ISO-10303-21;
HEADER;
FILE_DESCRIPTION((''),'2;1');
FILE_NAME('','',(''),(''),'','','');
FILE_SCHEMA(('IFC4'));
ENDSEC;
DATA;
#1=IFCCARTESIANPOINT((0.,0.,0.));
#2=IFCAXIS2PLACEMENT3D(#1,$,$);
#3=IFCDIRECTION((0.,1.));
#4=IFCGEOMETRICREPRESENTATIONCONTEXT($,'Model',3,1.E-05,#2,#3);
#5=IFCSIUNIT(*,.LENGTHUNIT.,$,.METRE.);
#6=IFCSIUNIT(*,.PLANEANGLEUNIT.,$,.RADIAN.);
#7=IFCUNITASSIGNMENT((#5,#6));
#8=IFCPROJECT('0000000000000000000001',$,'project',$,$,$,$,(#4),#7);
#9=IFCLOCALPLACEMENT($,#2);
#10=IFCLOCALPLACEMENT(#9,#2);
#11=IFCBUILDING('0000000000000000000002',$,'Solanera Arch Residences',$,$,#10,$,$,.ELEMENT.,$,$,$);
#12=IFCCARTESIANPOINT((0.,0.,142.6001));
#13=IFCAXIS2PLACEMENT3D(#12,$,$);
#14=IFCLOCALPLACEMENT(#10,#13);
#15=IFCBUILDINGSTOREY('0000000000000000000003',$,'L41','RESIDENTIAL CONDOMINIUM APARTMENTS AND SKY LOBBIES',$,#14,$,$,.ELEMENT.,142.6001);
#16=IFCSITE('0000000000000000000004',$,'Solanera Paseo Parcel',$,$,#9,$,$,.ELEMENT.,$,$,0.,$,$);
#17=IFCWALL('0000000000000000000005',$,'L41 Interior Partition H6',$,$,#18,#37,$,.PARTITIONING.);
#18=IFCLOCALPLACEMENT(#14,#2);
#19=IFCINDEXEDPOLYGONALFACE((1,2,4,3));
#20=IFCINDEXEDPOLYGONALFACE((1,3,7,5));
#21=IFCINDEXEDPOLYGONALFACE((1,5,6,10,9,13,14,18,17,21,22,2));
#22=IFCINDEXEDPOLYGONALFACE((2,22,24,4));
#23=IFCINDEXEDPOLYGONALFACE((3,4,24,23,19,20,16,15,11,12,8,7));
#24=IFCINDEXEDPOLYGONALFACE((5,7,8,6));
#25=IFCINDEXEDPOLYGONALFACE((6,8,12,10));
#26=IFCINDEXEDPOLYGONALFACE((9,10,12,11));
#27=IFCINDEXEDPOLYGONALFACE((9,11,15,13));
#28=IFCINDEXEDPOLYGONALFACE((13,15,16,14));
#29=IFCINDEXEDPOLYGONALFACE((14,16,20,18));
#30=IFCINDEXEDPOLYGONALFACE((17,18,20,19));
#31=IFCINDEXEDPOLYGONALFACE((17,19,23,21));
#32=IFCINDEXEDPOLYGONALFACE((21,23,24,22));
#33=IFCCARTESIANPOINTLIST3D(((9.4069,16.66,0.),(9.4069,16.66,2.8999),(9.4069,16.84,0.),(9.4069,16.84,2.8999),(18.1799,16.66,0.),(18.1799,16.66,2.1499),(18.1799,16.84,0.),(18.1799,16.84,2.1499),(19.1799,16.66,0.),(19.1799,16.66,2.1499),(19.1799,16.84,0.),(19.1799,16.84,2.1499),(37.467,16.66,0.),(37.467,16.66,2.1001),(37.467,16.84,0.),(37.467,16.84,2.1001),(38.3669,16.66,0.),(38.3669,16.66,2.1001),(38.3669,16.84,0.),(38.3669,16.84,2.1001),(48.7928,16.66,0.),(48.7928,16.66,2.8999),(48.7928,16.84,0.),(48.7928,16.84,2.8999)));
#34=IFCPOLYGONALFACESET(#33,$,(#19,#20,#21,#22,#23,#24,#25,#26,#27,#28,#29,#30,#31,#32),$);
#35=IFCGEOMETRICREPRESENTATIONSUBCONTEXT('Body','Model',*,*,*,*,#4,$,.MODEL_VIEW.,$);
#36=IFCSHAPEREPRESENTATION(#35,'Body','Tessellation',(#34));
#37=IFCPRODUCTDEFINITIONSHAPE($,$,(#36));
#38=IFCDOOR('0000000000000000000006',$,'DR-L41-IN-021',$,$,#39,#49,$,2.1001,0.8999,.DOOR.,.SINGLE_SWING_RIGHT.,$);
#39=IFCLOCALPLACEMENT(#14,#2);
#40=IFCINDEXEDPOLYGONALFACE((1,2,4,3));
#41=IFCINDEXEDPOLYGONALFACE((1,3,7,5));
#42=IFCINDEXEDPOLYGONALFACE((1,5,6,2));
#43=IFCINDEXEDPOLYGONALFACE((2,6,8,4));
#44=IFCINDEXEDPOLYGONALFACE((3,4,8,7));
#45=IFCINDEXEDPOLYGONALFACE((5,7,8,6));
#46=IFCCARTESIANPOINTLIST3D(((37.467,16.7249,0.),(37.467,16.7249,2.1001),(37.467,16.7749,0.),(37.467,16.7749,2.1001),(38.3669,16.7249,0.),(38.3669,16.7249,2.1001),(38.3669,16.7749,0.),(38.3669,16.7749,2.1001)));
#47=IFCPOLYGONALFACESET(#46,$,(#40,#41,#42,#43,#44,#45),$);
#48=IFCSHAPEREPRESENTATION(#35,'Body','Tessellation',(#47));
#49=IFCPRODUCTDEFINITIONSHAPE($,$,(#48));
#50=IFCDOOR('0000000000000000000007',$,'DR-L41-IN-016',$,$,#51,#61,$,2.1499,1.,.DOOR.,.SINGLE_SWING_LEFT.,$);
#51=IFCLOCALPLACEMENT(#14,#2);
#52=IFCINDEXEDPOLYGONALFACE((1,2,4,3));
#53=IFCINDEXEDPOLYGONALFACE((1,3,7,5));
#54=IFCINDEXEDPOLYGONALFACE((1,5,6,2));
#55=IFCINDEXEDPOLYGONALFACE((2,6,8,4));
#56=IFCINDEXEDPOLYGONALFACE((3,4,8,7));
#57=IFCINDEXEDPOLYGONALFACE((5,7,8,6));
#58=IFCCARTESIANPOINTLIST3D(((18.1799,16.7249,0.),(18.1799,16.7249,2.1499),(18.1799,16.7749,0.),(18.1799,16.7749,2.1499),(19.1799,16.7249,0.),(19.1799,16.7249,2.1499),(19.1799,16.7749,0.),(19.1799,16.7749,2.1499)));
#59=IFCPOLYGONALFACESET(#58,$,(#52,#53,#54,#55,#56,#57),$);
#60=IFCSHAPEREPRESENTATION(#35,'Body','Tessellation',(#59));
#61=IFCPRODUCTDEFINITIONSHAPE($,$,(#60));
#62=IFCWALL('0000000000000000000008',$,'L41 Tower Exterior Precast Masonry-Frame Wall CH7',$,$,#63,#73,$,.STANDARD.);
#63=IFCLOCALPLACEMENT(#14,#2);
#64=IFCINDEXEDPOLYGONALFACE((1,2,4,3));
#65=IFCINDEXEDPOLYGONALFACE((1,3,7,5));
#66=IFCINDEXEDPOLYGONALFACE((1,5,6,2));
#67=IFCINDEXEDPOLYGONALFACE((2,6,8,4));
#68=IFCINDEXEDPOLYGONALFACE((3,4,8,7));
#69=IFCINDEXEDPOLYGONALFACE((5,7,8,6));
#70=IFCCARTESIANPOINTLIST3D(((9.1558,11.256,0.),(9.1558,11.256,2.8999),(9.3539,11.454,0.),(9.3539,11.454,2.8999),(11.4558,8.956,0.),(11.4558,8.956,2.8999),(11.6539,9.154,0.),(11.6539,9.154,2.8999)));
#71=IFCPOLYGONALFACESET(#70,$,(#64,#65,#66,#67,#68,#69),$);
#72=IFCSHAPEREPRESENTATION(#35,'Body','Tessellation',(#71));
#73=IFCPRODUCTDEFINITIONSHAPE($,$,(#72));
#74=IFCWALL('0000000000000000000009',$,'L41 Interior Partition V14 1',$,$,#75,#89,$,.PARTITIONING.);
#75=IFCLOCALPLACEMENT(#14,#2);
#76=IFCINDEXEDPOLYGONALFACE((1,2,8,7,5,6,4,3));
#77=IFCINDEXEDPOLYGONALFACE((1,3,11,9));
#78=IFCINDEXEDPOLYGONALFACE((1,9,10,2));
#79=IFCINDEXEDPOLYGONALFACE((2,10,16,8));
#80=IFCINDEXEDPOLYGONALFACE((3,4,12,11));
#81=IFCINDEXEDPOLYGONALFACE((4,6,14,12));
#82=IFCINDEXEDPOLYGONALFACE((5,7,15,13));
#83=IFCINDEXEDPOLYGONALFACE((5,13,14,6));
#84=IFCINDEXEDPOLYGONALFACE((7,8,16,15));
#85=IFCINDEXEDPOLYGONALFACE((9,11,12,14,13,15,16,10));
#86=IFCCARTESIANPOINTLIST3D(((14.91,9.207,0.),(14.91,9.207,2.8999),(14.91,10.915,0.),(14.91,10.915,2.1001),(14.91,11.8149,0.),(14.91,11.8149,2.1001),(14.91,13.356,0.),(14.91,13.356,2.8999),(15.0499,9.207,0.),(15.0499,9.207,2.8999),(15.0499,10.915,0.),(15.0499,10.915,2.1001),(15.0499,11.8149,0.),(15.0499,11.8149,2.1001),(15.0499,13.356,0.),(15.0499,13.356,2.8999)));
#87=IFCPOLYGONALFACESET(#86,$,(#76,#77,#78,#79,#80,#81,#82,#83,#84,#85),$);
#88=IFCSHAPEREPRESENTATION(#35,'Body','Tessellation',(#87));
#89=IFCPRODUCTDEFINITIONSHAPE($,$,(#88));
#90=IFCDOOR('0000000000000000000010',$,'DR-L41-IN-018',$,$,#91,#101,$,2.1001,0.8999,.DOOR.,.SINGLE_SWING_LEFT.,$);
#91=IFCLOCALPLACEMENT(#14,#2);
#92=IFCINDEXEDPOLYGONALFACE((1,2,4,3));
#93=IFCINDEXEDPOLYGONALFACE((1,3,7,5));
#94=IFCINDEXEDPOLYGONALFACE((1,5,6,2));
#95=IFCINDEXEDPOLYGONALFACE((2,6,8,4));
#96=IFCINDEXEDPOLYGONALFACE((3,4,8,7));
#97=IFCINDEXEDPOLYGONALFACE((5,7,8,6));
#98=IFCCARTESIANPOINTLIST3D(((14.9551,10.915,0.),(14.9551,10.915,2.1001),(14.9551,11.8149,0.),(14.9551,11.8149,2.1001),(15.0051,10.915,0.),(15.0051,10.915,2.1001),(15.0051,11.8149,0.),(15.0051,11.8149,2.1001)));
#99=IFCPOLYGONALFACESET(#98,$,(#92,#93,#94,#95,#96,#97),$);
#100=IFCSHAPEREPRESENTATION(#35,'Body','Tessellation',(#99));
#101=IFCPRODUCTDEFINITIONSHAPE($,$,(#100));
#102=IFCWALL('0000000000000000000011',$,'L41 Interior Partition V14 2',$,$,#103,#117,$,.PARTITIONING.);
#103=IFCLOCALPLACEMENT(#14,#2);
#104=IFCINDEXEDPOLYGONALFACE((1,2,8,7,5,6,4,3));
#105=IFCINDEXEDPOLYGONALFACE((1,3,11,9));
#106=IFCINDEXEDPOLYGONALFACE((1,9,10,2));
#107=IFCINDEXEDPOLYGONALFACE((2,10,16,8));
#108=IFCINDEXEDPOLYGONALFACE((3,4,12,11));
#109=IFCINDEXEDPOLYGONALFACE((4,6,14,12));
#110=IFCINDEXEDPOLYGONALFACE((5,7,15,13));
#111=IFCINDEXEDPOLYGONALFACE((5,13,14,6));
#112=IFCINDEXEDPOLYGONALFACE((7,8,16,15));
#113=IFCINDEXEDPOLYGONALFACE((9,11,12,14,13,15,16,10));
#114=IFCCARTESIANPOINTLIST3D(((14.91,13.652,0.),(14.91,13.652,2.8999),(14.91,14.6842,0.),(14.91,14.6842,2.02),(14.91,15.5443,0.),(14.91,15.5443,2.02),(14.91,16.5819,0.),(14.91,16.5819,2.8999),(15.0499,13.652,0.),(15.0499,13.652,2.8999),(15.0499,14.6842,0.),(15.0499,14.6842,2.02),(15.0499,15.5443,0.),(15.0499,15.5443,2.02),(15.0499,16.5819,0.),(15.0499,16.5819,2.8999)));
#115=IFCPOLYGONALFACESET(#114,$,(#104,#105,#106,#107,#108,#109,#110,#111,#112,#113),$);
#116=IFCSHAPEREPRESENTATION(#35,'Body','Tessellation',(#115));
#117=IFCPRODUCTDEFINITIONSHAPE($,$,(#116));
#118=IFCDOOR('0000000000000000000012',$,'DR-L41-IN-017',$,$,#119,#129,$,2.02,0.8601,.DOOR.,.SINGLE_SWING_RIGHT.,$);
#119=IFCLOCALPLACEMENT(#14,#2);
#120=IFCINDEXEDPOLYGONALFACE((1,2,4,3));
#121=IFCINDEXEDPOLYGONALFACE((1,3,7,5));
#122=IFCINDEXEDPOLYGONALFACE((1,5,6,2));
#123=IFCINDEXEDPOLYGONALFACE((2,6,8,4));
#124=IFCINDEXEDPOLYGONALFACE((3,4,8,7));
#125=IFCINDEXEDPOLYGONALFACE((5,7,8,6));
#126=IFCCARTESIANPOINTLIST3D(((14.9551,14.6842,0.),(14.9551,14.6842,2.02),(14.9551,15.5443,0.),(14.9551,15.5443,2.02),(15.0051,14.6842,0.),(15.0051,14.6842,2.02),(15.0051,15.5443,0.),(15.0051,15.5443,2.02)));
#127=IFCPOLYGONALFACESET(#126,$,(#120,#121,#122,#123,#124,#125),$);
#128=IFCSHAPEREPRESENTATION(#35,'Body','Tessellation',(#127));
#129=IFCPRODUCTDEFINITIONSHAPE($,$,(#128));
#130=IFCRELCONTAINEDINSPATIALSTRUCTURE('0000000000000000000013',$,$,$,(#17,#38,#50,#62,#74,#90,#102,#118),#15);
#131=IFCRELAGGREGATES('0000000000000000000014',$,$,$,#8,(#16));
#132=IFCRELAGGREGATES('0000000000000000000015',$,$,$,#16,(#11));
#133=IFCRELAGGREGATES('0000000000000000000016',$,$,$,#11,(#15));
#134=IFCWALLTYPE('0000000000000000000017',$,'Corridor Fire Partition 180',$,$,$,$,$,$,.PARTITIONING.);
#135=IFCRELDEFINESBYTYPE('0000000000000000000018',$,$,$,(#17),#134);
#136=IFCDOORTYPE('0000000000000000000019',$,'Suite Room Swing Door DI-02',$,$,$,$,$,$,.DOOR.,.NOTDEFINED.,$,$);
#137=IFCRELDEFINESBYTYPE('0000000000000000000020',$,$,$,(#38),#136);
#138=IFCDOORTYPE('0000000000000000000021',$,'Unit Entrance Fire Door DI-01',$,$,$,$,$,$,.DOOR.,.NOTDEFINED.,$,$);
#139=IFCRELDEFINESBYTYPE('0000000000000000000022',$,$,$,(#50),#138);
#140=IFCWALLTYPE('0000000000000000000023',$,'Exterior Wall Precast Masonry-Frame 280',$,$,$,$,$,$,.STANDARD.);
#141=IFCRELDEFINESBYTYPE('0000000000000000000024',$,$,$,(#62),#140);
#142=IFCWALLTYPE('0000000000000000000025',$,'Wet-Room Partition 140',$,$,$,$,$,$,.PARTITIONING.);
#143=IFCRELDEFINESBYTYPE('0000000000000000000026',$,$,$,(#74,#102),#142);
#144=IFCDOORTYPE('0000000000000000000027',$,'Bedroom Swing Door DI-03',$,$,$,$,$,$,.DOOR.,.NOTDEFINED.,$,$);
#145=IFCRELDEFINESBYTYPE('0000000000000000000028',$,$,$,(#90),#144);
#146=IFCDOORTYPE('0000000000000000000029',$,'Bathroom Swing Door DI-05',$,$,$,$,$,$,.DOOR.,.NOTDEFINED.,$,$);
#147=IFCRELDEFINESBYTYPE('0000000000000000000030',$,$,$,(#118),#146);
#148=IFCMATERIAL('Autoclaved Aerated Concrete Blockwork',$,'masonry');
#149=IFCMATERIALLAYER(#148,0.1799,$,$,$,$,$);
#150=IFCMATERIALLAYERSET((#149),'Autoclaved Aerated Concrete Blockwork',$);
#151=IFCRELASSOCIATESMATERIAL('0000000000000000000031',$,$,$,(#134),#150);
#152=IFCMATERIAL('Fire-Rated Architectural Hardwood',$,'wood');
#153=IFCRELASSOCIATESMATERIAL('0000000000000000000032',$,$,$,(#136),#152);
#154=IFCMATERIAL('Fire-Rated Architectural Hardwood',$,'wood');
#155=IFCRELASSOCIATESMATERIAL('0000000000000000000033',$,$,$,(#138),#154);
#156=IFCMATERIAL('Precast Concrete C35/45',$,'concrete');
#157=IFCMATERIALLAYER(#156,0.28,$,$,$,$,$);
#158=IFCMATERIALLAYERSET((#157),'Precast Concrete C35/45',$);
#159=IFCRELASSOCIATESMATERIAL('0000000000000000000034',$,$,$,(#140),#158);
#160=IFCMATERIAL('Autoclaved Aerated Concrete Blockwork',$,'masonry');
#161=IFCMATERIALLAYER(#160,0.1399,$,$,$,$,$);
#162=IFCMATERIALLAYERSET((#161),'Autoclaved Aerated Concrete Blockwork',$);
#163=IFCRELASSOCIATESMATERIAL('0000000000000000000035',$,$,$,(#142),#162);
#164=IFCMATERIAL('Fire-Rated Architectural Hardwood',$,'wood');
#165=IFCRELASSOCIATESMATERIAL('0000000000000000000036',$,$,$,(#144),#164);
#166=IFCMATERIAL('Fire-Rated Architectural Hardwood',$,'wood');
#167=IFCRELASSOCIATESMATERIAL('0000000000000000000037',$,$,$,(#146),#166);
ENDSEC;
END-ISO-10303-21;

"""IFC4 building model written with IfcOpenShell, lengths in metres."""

from ifc_helpers import new_model, si_unit, direction, frame, frame_2d, origin, place, context, subcontext, project, spatial, rectangle, extrude, material, layer, layer_set, type_object, element, fill, save


model = new_model("IFC4")

# Units and contexts
model_context = context("Model", 3, precision=1e-05, world=origin(), true_north=direction((0.0, 1.0)))
body_context = subcontext(model_context, "Body", "Model", "MODEL_VIEW")
ifc_project = project(units=[si_unit("LENGTHUNIT", "METRE"), si_unit("PLANEANGLEUNIT", "RADIAN")], contexts=[model_context])

# Site, building, storey
site_placement = place(None, origin())
site = spatial("IfcSite", under=ifc_project, at=site_placement, Name="Solanera Paseo Parcel", CompositionType="ELEMENT", RefElevation=0.0)
building_placement = place(site_placement, origin())
building = spatial("IfcBuilding", under=site, at=building_placement, Name="Solanera Arch Residences", CompositionType="ELEMENT")
storey_placement = place(building_placement, frame((0.0, 0.0, 142.6001)))
storey = spatial("IfcBuildingStorey", under=building, at=storey_placement, Name="L41", Description="RESIDENTIAL CONDOMINIUM APARTMENTS AND SKY LOBBIES", CompositionType="ELEMENT", Elevation=142.6001)

# Wall, openings, doors
ifc_material_1 = material(Name="Autoclaved Aerated Concrete Blockwork", Category="masonry")
ifc_layer_1 = layer(ifc_material_1, 0.1799)
ifc_layer_set_1 = layer_set([ifc_layer_1], Name="Autoclaved Aerated Concrete Blockwork")
wall_type_1 = type_object("IfcWallType", Name="Corridor Fire Partition 180", PredefinedType="PARTITIONING", material=ifc_layer_set_1)
wall_1_placement = place(storey_placement, frame((9.407, 16.75, 0.0), z_axis=(0.0, 0.0, 1.0), x_axis=(1.0, 0.0, 0.0)))
wall_1 = element("IfcWall", 1, at=wall_1_placement, inside=storey, type_object=wall_type_1, Name="L41 Interior Partition H6", PredefinedType="PARTITIONING", context=body_context, shape_type="SweptSolid", body=[
    extrude(rectangle(XDim=39.386, YDim=0.1799, at=frame_2d((19.6929, 0.0))), origin(), (0.0, 0.0, 1.0), 2.8999),
])
opening_1_placement = place(wall_1_placement, frame((8.7729, 0.0, 0.0)))
opening_1 = element("IfcOpeningElement", 2, at=opening_1_placement, cuts=wall_1, PredefinedType="OPENING", context=body_context, shape_type="SweptSolid", body=[
    extrude(rectangle(XDim=1.0, YDim=2.1499, at=frame_2d((0.5, 1.075))), frame((0.0, 0.1001, 0.0), z_axis=(0.0, -1.0, 0.0), x_axis=(1.0, 0.0, 0.0)), (0.0, 0.0, 1.0), 0.1999),
])
opening_2_placement = place(wall_1_placement, frame((28.0601, 0.0, 0.0)))
opening_2 = element("IfcOpeningElement", 3, at=opening_2_placement, cuts=wall_1, PredefinedType="OPENING", context=body_context, shape_type="SweptSolid", body=[
    extrude(rectangle(XDim=0.8999, YDim=2.1001, at=frame_2d((0.45, 1.05))), frame((0.0, 0.1001, 0.0), z_axis=(0.0, -1.0, 0.0), x_axis=(1.0, 0.0, 0.0)), (0.0, 0.0, 1.0), 0.1999),
])
ifc_material_2 = material(Name="Fire-Rated Architectural Hardwood", Category="wood")
door_type_1 = type_object("IfcDoorType", Name="Suite Room Swing Door DI-02", OperationType="NOTDEFINED", PredefinedType="DOOR", material=ifc_material_2)
door_1_placement = place(opening_2_placement, origin())
door_1 = element("IfcDoor", 4, at=door_1_placement, inside=storey, type_object=door_type_1, Name="DR-L41-IN-021", OperationType="SINGLE_SWING_RIGHT", OverallHeight=2.1001, OverallWidth=0.8999, PredefinedType="DOOR", context=body_context, shape_type="SweptSolid", body=[
    extrude(rectangle(XDim=0.8999, YDim=2.1001, at=frame_2d((0.45, 1.05))), frame((0.0, 0.0249, 0.0), z_axis=(0.0, -1.0, 0.0), x_axis=(1.0, 0.0, 0.0)), (0.0, 0.0, 1.0), 0.05),
])
fill(opening_2, door_1)
ifc_material_3 = material(Name="Fire-Rated Architectural Hardwood", Category="wood")
door_type_2 = type_object("IfcDoorType", Name="Unit Entrance Fire Door DI-01", OperationType="NOTDEFINED", PredefinedType="DOOR", material=ifc_material_3)
door_2_placement = place(opening_1_placement, origin())
door_2 = element("IfcDoor", 5, at=door_2_placement, inside=storey, type_object=door_type_2, Name="DR-L41-IN-016", OperationType="SINGLE_SWING_LEFT", OverallHeight=2.1499, OverallWidth=1.0, PredefinedType="DOOR", context=body_context, shape_type="SweptSolid", body=[
    extrude(rectangle(XDim=1.0, YDim=2.1499, at=frame_2d((0.5, 1.075))), frame((0.0, 0.0249, 0.0), z_axis=(0.0, -1.0, 0.0), x_axis=(1.0, 0.0, 0.0)), (0.0, 0.0, 1.0), 0.05),
])
fill(opening_1, door_2)

# Wall
ifc_material_4 = material(Name="Precast Concrete C35/45", Category="concrete")
ifc_layer_2 = layer(ifc_material_4, 0.28)
ifc_layer_set_2 = layer_set([ifc_layer_2], Name="Precast Concrete C35/45")
wall_type_2 = type_object("IfcWallType", Name="Exterior Wall Precast Masonry-Frame 280", PredefinedType="STANDARD", material=ifc_layer_set_2)
wall_2_placement = place(storey_placement, frame((11.5549, 9.0549, 0.0), z_axis=(0.0, 0.0, 1.0), x_axis=(-0.707107, 0.707107, 0.0)))
element("IfcWall", 6, at=wall_2_placement, inside=storey, type_object=wall_type_2, Name="L41 Tower Exterior Precast Masonry-Frame Wall CH7", PredefinedType="STANDARD", context=body_context, shape_type="SweptSolid", body=[
    extrude(rectangle(XDim=3.2527, YDim=0.28, at=frame_2d((1.6265, 0.0))), origin(), (0.0, 0.0, 1.0), 2.8999),
])

# Walls, openings, doors
ifc_material_5 = material(Name="Autoclaved Aerated Concrete Blockwork", Category="masonry")
ifc_layer_3 = layer(ifc_material_5, 0.1399)
ifc_layer_set_3 = layer_set([ifc_layer_3], Name="Autoclaved Aerated Concrete Blockwork")
wall_type_3 = type_object("IfcWallType", Name="Wet-Room Partition 140", PredefinedType="PARTITIONING", material=ifc_layer_set_3)
wall_3_placement = place(storey_placement, frame((14.98, 9.207, 0.0), z_axis=(0.0, 0.0, 1.0), x_axis=(0.0, 1.0, 0.0)))
wall_3 = element("IfcWall", 7, at=wall_3_placement, inside=storey, type_object=wall_type_3, Name="L41 Interior Partition V14 1", PredefinedType="PARTITIONING", context=body_context, shape_type="SweptSolid", body=[
    extrude(rectangle(XDim=4.1489, YDim=0.1399, at=frame_2d((2.0745, 0.0))), origin(), (0.0, 0.0, 1.0), 2.8999),
])
opening_3_placement = place(wall_3_placement, frame((1.708, 0.0, 0.0)))
opening_3 = element("IfcOpeningElement", 8, at=opening_3_placement, cuts=wall_3, PredefinedType="OPENING", context=body_context, shape_type="SweptSolid", body=[
    extrude(rectangle(XDim=0.8999, YDim=2.1001, at=frame_2d((0.45, 1.05))), frame((0.0, 0.0798, 0.0), z_axis=(0.0, -1.0, 0.0), x_axis=(1.0, 0.0, 0.0)), (0.0, 0.0, 1.0), 0.1599),
])
ifc_material_6 = material(Name="Fire-Rated Architectural Hardwood", Category="wood")
door_type_3 = type_object("IfcDoorType", Name="Bedroom Swing Door DI-03", OperationType="NOTDEFINED", PredefinedType="DOOR", material=ifc_material_6)
door_3_placement = place(opening_3_placement, origin())
door_3 = element("IfcDoor", 9, at=door_3_placement, inside=storey, type_object=door_type_3, Name="DR-L41-IN-018", OperationType="SINGLE_SWING_LEFT", OverallHeight=2.1001, OverallWidth=0.8999, PredefinedType="DOOR", context=body_context, shape_type="SweptSolid", body=[
    extrude(rectangle(XDim=0.8999, YDim=2.1001, at=frame_2d((0.45, 1.05))), frame((0.0, 0.0249, 0.0), z_axis=(0.0, -1.0, 0.0), x_axis=(1.0, 0.0, 0.0)), (0.0, 0.0, 1.0), 0.05),
])
fill(opening_3, door_3)
wall_4_placement = place(storey_placement, frame((14.98, 13.6521, 0.0), z_axis=(0.0, 0.0, 1.0), x_axis=(0.0, 1.0, 0.0)))
wall_4 = element("IfcWall", 10, at=wall_4_placement, inside=storey, type_object=wall_type_3, Name="L41 Interior Partition V14 2", PredefinedType="PARTITIONING", context=body_context, shape_type="SweptSolid", body=[
    extrude(rectangle(XDim=2.9299, YDim=0.1399, at=frame_2d((1.4648, 0.0))), origin(), (0.0, 0.0, 1.0), 2.8999),
])
opening_4_placement = place(wall_4_placement, frame((1.032, 0.0, 0.0)))
opening_4 = element("IfcOpeningElement", 11, at=opening_4_placement, cuts=wall_4, PredefinedType="OPENING", context=body_context, shape_type="SweptSolid", body=[
    extrude(rectangle(XDim=0.8601, YDim=2.02, at=frame_2d((0.4302, 1.01))), frame((0.0, 0.0798, 0.0), z_axis=(0.0, -1.0, 0.0), x_axis=(1.0, 0.0, 0.0)), (0.0, 0.0, 1.0), 0.1599),
])
ifc_material_7 = material(Name="Fire-Rated Architectural Hardwood", Category="wood")
door_type_4 = type_object("IfcDoorType", Name="Bathroom Swing Door DI-05", OperationType="NOTDEFINED", PredefinedType="DOOR", material=ifc_material_7)
door_4_placement = place(opening_4_placement, origin())
door_4 = element("IfcDoor", 12, at=door_4_placement, inside=storey, type_object=door_type_4, Name="DR-L41-IN-017", OperationType="SINGLE_SWING_RIGHT", OverallHeight=2.02, OverallWidth=0.8601, PredefinedType="DOOR", context=body_context, shape_type="SweptSolid", body=[
    extrude(rectangle(XDim=0.8601, YDim=2.02, at=frame_2d((0.4302, 1.01))), frame((0.0, 0.0249, 0.0), z_axis=(0.0, -1.0, 0.0), x_axis=(1.0, 0.0, 0.0)), (0.0, 0.0, 1.0), 0.05),
])
fill(opening_4, door_4)

save(model, "model.ifc")
